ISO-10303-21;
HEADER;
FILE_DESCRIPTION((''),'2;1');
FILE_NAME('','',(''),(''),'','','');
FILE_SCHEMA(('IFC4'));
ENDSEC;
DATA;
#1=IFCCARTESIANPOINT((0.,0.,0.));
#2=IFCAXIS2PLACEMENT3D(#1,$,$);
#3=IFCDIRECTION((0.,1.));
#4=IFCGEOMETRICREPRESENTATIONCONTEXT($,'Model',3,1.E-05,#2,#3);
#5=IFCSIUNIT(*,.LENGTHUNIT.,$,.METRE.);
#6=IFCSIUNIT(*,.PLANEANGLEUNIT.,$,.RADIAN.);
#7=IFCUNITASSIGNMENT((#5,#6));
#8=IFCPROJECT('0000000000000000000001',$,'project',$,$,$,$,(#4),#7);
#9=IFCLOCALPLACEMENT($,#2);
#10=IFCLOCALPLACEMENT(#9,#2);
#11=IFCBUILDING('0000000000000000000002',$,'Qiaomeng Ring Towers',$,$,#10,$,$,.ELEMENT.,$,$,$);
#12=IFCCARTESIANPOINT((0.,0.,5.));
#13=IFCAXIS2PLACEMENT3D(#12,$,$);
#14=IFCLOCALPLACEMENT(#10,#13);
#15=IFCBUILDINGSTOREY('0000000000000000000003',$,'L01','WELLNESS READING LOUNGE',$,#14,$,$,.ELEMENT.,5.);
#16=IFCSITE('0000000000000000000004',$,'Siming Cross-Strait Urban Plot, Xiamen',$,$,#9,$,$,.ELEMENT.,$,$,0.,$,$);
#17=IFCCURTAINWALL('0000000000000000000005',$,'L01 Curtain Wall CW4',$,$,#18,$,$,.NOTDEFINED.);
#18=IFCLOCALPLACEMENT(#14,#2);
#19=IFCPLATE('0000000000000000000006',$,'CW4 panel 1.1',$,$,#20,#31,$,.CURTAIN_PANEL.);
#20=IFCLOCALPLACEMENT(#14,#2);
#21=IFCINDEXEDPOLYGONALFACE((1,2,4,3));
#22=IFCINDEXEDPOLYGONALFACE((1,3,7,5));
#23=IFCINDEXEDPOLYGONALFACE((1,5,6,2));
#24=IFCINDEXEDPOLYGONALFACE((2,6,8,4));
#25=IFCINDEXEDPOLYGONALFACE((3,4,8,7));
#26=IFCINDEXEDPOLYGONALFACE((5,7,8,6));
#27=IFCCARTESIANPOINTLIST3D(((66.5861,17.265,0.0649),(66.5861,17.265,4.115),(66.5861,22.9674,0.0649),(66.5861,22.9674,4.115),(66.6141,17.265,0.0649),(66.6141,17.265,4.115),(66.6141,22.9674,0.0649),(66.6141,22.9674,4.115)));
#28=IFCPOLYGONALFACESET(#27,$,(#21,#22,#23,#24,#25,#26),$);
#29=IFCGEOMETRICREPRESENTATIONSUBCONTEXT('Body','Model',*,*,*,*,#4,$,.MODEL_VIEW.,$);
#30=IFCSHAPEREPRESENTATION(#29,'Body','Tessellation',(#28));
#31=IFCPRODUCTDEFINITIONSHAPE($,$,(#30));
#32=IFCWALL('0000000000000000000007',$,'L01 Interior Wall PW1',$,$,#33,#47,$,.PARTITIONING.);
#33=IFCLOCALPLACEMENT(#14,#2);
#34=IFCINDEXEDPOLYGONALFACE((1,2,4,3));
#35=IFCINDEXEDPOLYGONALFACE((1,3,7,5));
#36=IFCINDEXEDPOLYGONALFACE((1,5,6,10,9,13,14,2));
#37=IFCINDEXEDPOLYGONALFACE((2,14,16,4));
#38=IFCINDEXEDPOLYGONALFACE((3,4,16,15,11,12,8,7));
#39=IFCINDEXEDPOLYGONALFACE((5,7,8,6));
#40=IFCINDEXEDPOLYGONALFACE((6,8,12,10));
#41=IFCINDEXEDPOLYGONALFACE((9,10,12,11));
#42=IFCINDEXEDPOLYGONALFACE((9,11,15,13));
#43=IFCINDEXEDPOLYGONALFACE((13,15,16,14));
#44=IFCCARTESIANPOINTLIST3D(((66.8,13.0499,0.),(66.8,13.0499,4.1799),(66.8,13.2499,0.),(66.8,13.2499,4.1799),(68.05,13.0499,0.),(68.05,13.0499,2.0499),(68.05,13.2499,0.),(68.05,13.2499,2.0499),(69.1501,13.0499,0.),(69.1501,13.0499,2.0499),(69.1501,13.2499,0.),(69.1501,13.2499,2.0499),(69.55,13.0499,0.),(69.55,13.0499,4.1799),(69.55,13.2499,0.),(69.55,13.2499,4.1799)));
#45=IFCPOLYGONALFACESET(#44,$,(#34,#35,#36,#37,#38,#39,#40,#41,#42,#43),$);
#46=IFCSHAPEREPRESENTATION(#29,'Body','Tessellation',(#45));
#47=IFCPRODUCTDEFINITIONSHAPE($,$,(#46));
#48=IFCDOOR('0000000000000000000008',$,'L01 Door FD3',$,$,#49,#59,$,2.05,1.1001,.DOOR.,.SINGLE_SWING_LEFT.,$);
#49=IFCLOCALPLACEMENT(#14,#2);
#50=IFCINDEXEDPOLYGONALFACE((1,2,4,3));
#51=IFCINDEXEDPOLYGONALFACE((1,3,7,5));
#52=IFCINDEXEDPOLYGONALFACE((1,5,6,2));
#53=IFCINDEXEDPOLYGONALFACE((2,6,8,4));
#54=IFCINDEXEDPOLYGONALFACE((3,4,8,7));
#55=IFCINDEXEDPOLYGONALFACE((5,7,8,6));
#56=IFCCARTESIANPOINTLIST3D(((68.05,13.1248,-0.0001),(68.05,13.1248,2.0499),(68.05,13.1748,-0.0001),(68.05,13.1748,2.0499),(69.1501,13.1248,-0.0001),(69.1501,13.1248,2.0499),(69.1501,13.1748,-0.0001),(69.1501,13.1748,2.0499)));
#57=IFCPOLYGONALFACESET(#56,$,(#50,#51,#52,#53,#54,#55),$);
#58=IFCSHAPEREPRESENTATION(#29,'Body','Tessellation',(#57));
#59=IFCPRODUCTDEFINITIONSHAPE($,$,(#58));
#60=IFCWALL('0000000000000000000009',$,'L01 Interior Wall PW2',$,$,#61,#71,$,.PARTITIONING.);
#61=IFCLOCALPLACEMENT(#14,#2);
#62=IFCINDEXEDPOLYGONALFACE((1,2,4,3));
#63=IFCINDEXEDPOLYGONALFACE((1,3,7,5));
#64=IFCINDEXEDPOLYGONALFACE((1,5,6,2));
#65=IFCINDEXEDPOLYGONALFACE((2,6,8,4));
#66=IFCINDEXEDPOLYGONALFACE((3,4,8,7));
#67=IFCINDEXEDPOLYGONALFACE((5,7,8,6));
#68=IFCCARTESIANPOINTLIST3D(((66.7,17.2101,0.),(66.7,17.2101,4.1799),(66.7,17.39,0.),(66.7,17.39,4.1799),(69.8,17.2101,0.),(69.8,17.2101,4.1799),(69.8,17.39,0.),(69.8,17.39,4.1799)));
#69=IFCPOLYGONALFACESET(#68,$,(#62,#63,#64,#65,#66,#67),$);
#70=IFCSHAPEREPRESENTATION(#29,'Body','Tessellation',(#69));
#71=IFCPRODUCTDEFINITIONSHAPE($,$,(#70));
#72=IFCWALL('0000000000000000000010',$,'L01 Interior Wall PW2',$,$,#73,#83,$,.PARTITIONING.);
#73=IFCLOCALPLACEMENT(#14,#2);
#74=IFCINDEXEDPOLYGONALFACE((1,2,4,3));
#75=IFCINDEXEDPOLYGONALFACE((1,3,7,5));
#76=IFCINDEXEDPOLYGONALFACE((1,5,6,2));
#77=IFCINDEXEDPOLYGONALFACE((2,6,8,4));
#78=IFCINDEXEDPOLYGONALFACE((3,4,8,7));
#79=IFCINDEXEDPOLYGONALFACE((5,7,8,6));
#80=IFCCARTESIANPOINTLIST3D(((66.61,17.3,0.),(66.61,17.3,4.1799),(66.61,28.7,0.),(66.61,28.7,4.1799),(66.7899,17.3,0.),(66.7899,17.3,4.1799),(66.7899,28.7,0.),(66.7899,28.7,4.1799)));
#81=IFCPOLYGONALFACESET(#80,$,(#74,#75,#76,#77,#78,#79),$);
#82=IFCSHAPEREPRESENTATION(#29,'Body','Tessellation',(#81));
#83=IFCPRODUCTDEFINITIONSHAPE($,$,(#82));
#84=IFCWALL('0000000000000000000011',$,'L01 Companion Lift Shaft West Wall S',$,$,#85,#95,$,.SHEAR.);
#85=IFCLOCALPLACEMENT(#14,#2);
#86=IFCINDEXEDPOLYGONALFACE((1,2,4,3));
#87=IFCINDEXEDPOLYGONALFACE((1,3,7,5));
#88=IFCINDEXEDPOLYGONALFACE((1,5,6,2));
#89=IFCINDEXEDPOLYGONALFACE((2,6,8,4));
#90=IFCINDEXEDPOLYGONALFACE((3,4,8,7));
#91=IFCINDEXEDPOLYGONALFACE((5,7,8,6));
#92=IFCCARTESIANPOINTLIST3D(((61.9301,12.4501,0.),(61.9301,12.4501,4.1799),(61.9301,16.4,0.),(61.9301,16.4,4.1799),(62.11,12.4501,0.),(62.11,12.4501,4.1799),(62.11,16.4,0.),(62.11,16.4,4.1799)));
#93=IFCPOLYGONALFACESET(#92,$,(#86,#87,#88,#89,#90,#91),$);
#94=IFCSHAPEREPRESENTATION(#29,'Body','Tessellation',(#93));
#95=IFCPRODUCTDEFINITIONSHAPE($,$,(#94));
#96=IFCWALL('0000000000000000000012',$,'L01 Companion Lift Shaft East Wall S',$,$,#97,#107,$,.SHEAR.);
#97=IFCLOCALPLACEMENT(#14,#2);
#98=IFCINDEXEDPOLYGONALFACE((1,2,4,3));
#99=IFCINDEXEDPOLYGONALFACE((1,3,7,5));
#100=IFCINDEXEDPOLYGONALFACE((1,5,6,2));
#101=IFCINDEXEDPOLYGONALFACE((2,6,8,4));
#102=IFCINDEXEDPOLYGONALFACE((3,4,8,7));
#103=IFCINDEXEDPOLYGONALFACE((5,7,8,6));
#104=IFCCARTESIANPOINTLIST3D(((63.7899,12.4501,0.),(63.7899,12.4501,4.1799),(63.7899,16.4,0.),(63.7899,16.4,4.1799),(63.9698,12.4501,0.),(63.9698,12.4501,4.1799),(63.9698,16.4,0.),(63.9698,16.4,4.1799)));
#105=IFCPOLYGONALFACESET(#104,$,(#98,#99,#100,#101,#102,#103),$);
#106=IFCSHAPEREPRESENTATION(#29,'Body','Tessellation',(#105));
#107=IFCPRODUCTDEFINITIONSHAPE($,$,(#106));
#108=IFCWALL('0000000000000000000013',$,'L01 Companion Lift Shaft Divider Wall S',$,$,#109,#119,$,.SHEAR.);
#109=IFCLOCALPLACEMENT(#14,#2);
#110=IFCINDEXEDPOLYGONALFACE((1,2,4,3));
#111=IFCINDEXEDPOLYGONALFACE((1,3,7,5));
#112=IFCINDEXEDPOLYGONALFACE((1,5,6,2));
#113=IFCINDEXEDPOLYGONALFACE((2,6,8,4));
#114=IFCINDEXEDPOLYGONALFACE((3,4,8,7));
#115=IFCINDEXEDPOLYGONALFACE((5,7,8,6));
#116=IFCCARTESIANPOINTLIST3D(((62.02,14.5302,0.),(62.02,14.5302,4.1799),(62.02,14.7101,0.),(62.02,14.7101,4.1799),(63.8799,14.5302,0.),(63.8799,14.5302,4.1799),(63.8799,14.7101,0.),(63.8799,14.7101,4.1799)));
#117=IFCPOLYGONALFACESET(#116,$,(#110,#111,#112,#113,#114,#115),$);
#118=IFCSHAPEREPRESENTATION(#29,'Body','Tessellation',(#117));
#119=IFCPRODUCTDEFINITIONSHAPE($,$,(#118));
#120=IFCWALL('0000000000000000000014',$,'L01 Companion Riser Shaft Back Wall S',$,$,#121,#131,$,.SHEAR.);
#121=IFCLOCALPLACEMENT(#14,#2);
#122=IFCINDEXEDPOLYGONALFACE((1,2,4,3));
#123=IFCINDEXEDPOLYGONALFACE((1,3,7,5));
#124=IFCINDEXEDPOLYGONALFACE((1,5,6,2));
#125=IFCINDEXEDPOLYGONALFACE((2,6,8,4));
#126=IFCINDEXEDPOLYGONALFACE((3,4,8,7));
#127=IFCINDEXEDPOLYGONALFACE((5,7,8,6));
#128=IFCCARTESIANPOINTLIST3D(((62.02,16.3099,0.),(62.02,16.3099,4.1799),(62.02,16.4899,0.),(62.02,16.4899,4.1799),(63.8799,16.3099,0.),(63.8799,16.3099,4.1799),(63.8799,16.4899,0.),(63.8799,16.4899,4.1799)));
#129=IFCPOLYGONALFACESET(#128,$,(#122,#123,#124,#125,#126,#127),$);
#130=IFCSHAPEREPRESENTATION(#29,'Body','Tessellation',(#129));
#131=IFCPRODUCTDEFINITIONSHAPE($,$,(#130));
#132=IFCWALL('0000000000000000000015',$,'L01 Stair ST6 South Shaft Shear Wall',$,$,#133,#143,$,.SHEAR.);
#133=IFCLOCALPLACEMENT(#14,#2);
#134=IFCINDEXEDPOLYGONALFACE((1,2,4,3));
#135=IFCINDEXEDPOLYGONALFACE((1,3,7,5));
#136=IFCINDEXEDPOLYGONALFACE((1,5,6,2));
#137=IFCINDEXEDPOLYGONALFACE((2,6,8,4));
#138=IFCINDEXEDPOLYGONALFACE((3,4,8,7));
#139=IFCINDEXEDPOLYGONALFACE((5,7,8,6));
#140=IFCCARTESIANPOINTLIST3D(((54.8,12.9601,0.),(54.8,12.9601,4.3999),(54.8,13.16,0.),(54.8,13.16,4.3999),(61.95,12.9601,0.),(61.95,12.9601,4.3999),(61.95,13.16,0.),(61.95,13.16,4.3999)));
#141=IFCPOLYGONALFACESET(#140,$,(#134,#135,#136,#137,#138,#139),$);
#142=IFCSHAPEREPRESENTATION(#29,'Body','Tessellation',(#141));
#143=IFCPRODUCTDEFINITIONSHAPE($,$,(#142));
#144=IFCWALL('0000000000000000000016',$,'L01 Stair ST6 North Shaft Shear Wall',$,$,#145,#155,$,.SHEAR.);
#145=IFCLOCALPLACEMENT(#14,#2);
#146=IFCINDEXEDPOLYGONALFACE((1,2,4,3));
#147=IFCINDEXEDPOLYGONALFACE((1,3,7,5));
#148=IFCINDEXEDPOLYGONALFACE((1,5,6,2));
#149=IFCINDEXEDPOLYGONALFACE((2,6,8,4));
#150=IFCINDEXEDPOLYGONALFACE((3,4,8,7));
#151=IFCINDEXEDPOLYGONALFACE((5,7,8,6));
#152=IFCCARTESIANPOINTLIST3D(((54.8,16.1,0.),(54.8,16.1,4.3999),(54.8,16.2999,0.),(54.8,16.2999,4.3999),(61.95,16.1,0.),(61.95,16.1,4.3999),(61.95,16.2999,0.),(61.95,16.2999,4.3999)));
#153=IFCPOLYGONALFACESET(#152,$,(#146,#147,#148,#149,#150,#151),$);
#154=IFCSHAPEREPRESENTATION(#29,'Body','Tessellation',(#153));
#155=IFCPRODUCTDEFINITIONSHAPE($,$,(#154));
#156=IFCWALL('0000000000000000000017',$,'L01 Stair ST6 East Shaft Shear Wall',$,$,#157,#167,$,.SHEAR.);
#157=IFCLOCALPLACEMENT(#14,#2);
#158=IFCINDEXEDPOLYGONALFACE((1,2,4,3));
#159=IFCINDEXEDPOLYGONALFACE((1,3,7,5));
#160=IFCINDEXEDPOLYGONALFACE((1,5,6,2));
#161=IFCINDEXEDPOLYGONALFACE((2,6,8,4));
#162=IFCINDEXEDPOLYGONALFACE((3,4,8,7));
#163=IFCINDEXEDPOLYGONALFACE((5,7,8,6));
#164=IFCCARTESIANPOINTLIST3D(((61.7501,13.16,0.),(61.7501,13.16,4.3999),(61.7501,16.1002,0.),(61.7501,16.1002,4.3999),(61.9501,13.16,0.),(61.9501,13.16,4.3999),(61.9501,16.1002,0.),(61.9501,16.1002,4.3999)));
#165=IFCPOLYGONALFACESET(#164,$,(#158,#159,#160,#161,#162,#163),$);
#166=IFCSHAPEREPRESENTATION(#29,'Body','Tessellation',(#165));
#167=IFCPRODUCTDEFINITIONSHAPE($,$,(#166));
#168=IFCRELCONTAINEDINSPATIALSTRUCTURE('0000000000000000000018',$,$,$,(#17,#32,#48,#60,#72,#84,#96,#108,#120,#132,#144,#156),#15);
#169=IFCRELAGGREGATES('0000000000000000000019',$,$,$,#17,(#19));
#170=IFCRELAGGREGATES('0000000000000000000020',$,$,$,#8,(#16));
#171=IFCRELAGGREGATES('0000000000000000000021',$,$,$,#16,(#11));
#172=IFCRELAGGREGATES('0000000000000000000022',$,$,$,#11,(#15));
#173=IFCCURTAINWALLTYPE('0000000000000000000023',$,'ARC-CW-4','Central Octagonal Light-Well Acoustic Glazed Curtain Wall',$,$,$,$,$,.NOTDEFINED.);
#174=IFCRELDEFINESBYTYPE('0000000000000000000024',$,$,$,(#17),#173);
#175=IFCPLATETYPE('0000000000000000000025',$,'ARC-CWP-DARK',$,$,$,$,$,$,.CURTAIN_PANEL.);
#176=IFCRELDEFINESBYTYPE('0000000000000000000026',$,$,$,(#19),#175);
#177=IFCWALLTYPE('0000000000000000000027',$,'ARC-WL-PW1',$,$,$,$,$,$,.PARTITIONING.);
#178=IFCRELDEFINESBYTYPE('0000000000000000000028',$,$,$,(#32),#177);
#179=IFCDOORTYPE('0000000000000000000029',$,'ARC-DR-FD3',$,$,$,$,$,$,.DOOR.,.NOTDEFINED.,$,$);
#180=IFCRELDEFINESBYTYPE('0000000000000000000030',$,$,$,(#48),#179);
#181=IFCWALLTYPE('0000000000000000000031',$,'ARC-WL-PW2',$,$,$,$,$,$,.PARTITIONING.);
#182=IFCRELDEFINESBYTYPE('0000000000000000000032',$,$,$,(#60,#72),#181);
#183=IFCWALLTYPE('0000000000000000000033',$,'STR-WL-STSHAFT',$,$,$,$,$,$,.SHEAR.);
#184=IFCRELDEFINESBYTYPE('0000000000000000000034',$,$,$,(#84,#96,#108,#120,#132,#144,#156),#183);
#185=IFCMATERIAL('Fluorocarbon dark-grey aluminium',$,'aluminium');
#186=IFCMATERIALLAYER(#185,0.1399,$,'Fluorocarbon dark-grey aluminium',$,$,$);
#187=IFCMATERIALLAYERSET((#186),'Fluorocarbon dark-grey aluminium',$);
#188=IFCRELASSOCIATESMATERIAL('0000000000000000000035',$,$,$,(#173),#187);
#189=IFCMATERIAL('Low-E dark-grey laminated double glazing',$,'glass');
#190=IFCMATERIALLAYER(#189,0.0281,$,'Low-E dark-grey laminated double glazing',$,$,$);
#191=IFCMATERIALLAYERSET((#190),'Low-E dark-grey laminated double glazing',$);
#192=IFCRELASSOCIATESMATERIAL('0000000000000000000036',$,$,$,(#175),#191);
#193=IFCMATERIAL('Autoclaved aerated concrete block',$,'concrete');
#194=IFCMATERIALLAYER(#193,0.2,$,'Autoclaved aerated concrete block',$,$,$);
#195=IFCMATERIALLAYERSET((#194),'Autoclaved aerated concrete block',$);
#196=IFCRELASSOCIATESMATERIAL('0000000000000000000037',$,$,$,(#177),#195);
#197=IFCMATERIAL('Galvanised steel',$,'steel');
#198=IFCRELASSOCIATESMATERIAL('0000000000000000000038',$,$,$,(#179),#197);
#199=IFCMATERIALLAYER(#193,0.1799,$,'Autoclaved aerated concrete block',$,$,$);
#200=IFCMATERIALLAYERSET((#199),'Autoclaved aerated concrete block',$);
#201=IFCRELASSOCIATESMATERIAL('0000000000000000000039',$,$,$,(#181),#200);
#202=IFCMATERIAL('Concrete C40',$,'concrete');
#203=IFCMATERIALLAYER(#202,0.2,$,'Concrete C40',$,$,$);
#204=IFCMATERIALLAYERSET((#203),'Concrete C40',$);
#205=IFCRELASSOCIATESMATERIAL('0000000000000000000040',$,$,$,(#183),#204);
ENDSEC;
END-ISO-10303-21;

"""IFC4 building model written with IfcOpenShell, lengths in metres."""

from ifc_helpers import new_model, si_unit, direction, frame, frame_2d, origin, origin_2d, place, context, subcontext, project, spatial, rectangle, extrude, source, transform, mapped, material, layer, layer_set, type_object, element, fill, aggregate, save


model = new_model("IFC4")

# Units and contexts
model_context = context("Model", 3, precision=1e-05, world=origin(), true_north=direction((0.0, 1.0)))
body_context = subcontext(model_context, "Body", "Model", "MODEL_VIEW")
ifc_project = project(units=[si_unit("LENGTHUNIT", "METRE"), si_unit("PLANEANGLEUNIT", "RADIAN")], contexts=[model_context])

# Site, building, storey
site_placement = place(None, origin())
site = spatial("IfcSite", under=ifc_project, at=site_placement, Name="Siming Cross-Strait Urban Plot, Xiamen", CompositionType="ELEMENT", RefElevation=0.0)
building_placement = place(site_placement, origin())
building = spatial("IfcBuilding", under=site, at=building_placement, Name="Qiaomeng Ring Towers", CompositionType="ELEMENT")
storey_placement = place(building_placement, frame((0.0, 0.0, 5.0)))
storey = spatial("IfcBuildingStorey", under=building, at=storey_placement, Name="L01", Description="WELLNESS READING LOUNGE", CompositionType="ELEMENT", Elevation=5.0)

# Curtain wall
ifc_material_1 = material(Name="Fluorocarbon dark-grey aluminium", Category="aluminium")
ifc_layer_1 = layer(ifc_material_1, 0.1399, Name="Fluorocarbon dark-grey aluminium")
ifc_layer_set_1 = layer_set([ifc_layer_1], Name="Fluorocarbon dark-grey aluminium")
curtain_wall_type = type_object("IfcCurtainWallType", Name="ARC-CW-4", Description="Central Octagonal Light-Well Acoustic Glazed Curtain Wall", PredefinedType="NOTDEFINED", material=ifc_layer_set_1)
curtain_wall_1_placement = place(storey_placement, origin())
curtain_wall_1 = element("IfcCurtainWall", 1, at=curtain_wall_1_placement, inside=storey, type_object=curtain_wall_type, Name="L01 Curtain Wall CW4", PredefinedType="NOTDEFINED")

# Plate
ifc_material_2 = material(Name="Low-E dark-grey laminated double glazing", Category="glass")
ifc_layer_2 = layer(ifc_material_2, 0.0281, Name="Low-E dark-grey laminated double glazing")
ifc_layer_set_2 = layer_set([ifc_layer_2], Name="Low-E dark-grey laminated double glazing")
plate_type = type_object("IfcPlateType", Name="ARC-CWP-DARK", PredefinedType="CURTAIN_PANEL", material=ifc_layer_set_2)
shared_shape_1 = source(origin(), body_context, "Body", "SweptSolid", [
    extrude(rectangle(XDim=5.7024, YDim=0.0281, at=origin_2d()), origin(), (0.0, 0.0, 1.0), 4.05),
])
plate_1_placement = place(storey_placement, frame((66.6001, 20.1162, 0.0649), z_axis=(0.0, 0.0, 1.0), x_axis=(0.0, 1.0, 0.0)))
plate_1 = element("IfcPlate", 2, at=plate_1_placement, type_object=plate_type, Name="CW4 panel 1.1", PredefinedType="CURTAIN_PANEL", context=body_context, shape_type="MappedRepresentation", body=[
    mapped(shared_shape_1, transform((0.0, 0.0, 0.0), x_axis=(1.0, 0.0, 0.0), y_axis=(0.0, 1.0, 0.0), z_axis=(0.0, 0.0, 1.0), scale=1.0)),
])
aggregate(curtain_wall_1, [plate_1])

# Wall, opening, door
ifc_material_3 = material(Name="Autoclaved aerated concrete block", Category="concrete")
ifc_layer_3 = layer(ifc_material_3, 0.2, Name="Autoclaved aerated concrete block")
ifc_layer_set_3 = layer_set([ifc_layer_3], Name="Autoclaved aerated concrete block")
wall_type_1 = type_object("IfcWallType", Name="ARC-WL-PW1", PredefinedType="PARTITIONING", material=ifc_layer_set_3)
wall_1_placement = place(storey_placement, frame((66.8, 13.1499, 0.0), z_axis=(0.0, 0.0, 1.0), x_axis=(1.0, 0.0, 0.0)))
wall_1 = element("IfcWall", 3, at=wall_1_placement, inside=storey, type_object=wall_type_1, Name="L01 Interior Wall PW1", PredefinedType="PARTITIONING", context=body_context, shape_type="SweptSolid", body=[
    extrude(rectangle(XDim=2.75, YDim=0.2, at=frame_2d((1.375, 0.0))), origin(), (0.0, 0.0, 1.0), 4.1799),
])
opening_1_placement = place(wall_1_placement, frame((1.25, 0.0, 0.0)))
opening_1 = element("IfcOpeningElement", 4, at=opening_1_placement, cuts=wall_1, PredefinedType="OPENING", context=body_context, shape_type="SweptSolid", body=[
    extrude(rectangle(XDim=1.1001, YDim=2.05, at=frame_2d((0.55, 1.0249))), frame((0.0, 0.1099, 0.0), z_axis=(0.0, -1.0, 0.0), x_axis=(1.0, 0.0, 0.0)), (0.0, 0.0, 1.0), 0.22),
])
ifc_material_4 = material(Name="Galvanised steel", Category="steel")
door_type_1 = type_object("IfcDoorType", Name="ARC-DR-FD3", OperationType="NOTDEFINED", PredefinedType="DOOR", material=ifc_material_4)
shared_shape_2 = source(origin(), body_context, "Body", "SweptSolid", [
    extrude(rectangle(XDim=1.1001, YDim=2.05, at=frame_2d((0.55, 1.0249))), frame((0.0, 0.0249, 0.0), z_axis=(0.0, -1.0, 0.0), x_axis=(1.0, 0.0, 0.0)), (0.0, 0.0, 1.0), 0.05),
])
door_1_placement = place(opening_1_placement, origin())
door_1 = element("IfcDoor", 5, at=door_1_placement, inside=storey, type_object=door_type_1, Name="L01 Door FD3", OperationType="SINGLE_SWING_LEFT", OverallHeight=2.05, OverallWidth=1.1001, PredefinedType="DOOR", context=body_context, shape_type="MappedRepresentation", body=[
    mapped(shared_shape_2, transform((0.0, 0.0, 0.0), x_axis=(1.0, 0.0, 0.0), y_axis=(0.0, 1.0, 0.0), z_axis=(0.0, 0.0, 1.0), scale=1.0)),
])
fill(opening_1, door_1)

# Walls
ifc_layer_4 = layer(ifc_material_3, 0.1799, Name="Autoclaved aerated concrete block")
ifc_layer_set_4 = layer_set([ifc_layer_4], Name="Autoclaved aerated concrete block")
wall_type_2 = type_object("IfcWallType", Name="ARC-WL-PW2", PredefinedType="PARTITIONING", material=ifc_layer_set_4)
wall_2_placement = place(storey_placement, frame((66.7, 17.3, 0.0), z_axis=(0.0, 0.0, 1.0), x_axis=(1.0, 0.0, 0.0)))
element("IfcWall", 6, at=wall_2_placement, inside=storey, type_object=wall_type_2, Name="L01 Interior Wall PW2", PredefinedType="PARTITIONING", context=body_context, shape_type="SweptSolid", body=[
    extrude(rectangle(XDim=3.1001, YDim=0.1799, at=frame_2d((1.55, 0.0))), origin(), (0.0, 0.0, 1.0), 4.1799),
])
wall_3_placement = place(storey_placement, frame((66.7, 17.3, 0.0), z_axis=(0.0, 0.0, 1.0), x_axis=(0.0, 1.0, 0.0)))
element("IfcWall", 7, at=wall_3_placement, inside=storey, type_object=wall_type_2, Name="L01 Interior Wall PW2", PredefinedType="PARTITIONING", context=body_context, shape_type="SweptSolid", body=[
    extrude(rectangle(XDim=11.3999, YDim=0.1799, at=frame_2d((5.7, 0.0))), origin(), (0.0, 0.0, 1.0), 4.1799),
])
ifc_material_5 = material(Name="Concrete C40", Category="concrete")
ifc_layer_5 = layer(ifc_material_5, 0.2, Name="Concrete C40")
ifc_layer_set_5 = layer_set([ifc_layer_5], Name="Concrete C40")
wall_type_3 = type_object("IfcWallType", Name="STR-WL-STSHAFT", PredefinedType="SHEAR", material=ifc_layer_set_5)
for number, where, z_axis, x_axis, name in (
    (8, (62.02, 12.45, 0.0), (0.0, 0.0, 1.0), (0.0, 1.0, 0.0), "L01 Companion Lift Shaft West Wall S"),
    (9, (63.8799, 12.45, 0.0), (0.0, 0.0, 1.0), (0.0, 1.0, 0.0), "L01 Companion Lift Shaft East Wall S"),
):
    element("IfcWall", number, at=place(storey_placement, frame(where, z_axis=z_axis, x_axis=x_axis)), inside=storey, type_object=wall_type_3, Name=name, PredefinedType="SHEAR", context=body_context, shape_type="SweptSolid", body=[
        extrude(rectangle(XDim=3.95, YDim=0.1799, at=frame_2d((1.9751, 0.0))), origin(), (0.0, 0.0, 1.0), 4.1799),
    ])
for number, where, z_axis, x_axis, name in (
    (10, (62.02, 14.6201, 0.0), (0.0, 0.0, 1.0), (1.0, 0.0, 0.0), "L01 Companion Lift Shaft Divider Wall S"),
    (11, (62.02, 16.3999, 0.0), (0.0, 0.0, 1.0), (1.0, 0.0, 0.0), "L01 Companion Riser Shaft Back Wall S"),
):
    element("IfcWall", number, at=place(storey_placement, frame(where, z_axis=z_axis, x_axis=x_axis)), inside=storey, type_object=wall_type_3, Name=name, PredefinedType="SHEAR", context=body_context, shape_type="SweptSolid", body=[
        extrude(rectangle(XDim=1.8599, YDim=0.1799, at=frame_2d((0.9299, 0.0))), origin(), (0.0, 0.0, 1.0), 4.1799),
    ])
for number, where, z_axis, x_axis, name in (
    (12, (54.8, 13.0601, 0.0), (0.0, 0.0, 1.0), (1.0, 0.0, 0.0), "L01 Stair ST6 South Shaft Shear Wall"),
    (13, (54.8, 16.2, 0.0), (0.0, 0.0, 1.0), (1.0, 0.0, 0.0), "L01 Stair ST6 North Shaft Shear Wall"),
):
    element("IfcWall", number, at=place(storey_placement, frame(where, z_axis=z_axis, x_axis=x_axis)), inside=storey, type_object=wall_type_3, Name=name, PredefinedType="SHEAR", context=body_context, shape_type="SweptSolid", body=[
        extrude(rectangle(XDim=7.1499, YDim=0.2, at=frame_2d((3.575, 0.0))), origin(), (0.0, 0.0, 1.0), 4.3999),
    ])
wall_4_placement = place(storey_placement, frame((61.8501, 13.1599, 0.0), z_axis=(0.0, 0.0, 1.0), x_axis=(0.0, 1.0, 0.0)))
element("IfcWall", 14, at=wall_4_placement, inside=storey, type_object=wall_type_3, Name="L01 Stair ST6 East Shaft Shear Wall", PredefinedType="SHEAR", context=body_context, shape_type="SweptSolid", body=[
    extrude(rectangle(XDim=2.9402, YDim=0.2, at=frame_2d((1.4702, 0.0))), origin(), (0.0, 0.0, 1.0), 4.3999),
])

save(model, "model.ifc")
